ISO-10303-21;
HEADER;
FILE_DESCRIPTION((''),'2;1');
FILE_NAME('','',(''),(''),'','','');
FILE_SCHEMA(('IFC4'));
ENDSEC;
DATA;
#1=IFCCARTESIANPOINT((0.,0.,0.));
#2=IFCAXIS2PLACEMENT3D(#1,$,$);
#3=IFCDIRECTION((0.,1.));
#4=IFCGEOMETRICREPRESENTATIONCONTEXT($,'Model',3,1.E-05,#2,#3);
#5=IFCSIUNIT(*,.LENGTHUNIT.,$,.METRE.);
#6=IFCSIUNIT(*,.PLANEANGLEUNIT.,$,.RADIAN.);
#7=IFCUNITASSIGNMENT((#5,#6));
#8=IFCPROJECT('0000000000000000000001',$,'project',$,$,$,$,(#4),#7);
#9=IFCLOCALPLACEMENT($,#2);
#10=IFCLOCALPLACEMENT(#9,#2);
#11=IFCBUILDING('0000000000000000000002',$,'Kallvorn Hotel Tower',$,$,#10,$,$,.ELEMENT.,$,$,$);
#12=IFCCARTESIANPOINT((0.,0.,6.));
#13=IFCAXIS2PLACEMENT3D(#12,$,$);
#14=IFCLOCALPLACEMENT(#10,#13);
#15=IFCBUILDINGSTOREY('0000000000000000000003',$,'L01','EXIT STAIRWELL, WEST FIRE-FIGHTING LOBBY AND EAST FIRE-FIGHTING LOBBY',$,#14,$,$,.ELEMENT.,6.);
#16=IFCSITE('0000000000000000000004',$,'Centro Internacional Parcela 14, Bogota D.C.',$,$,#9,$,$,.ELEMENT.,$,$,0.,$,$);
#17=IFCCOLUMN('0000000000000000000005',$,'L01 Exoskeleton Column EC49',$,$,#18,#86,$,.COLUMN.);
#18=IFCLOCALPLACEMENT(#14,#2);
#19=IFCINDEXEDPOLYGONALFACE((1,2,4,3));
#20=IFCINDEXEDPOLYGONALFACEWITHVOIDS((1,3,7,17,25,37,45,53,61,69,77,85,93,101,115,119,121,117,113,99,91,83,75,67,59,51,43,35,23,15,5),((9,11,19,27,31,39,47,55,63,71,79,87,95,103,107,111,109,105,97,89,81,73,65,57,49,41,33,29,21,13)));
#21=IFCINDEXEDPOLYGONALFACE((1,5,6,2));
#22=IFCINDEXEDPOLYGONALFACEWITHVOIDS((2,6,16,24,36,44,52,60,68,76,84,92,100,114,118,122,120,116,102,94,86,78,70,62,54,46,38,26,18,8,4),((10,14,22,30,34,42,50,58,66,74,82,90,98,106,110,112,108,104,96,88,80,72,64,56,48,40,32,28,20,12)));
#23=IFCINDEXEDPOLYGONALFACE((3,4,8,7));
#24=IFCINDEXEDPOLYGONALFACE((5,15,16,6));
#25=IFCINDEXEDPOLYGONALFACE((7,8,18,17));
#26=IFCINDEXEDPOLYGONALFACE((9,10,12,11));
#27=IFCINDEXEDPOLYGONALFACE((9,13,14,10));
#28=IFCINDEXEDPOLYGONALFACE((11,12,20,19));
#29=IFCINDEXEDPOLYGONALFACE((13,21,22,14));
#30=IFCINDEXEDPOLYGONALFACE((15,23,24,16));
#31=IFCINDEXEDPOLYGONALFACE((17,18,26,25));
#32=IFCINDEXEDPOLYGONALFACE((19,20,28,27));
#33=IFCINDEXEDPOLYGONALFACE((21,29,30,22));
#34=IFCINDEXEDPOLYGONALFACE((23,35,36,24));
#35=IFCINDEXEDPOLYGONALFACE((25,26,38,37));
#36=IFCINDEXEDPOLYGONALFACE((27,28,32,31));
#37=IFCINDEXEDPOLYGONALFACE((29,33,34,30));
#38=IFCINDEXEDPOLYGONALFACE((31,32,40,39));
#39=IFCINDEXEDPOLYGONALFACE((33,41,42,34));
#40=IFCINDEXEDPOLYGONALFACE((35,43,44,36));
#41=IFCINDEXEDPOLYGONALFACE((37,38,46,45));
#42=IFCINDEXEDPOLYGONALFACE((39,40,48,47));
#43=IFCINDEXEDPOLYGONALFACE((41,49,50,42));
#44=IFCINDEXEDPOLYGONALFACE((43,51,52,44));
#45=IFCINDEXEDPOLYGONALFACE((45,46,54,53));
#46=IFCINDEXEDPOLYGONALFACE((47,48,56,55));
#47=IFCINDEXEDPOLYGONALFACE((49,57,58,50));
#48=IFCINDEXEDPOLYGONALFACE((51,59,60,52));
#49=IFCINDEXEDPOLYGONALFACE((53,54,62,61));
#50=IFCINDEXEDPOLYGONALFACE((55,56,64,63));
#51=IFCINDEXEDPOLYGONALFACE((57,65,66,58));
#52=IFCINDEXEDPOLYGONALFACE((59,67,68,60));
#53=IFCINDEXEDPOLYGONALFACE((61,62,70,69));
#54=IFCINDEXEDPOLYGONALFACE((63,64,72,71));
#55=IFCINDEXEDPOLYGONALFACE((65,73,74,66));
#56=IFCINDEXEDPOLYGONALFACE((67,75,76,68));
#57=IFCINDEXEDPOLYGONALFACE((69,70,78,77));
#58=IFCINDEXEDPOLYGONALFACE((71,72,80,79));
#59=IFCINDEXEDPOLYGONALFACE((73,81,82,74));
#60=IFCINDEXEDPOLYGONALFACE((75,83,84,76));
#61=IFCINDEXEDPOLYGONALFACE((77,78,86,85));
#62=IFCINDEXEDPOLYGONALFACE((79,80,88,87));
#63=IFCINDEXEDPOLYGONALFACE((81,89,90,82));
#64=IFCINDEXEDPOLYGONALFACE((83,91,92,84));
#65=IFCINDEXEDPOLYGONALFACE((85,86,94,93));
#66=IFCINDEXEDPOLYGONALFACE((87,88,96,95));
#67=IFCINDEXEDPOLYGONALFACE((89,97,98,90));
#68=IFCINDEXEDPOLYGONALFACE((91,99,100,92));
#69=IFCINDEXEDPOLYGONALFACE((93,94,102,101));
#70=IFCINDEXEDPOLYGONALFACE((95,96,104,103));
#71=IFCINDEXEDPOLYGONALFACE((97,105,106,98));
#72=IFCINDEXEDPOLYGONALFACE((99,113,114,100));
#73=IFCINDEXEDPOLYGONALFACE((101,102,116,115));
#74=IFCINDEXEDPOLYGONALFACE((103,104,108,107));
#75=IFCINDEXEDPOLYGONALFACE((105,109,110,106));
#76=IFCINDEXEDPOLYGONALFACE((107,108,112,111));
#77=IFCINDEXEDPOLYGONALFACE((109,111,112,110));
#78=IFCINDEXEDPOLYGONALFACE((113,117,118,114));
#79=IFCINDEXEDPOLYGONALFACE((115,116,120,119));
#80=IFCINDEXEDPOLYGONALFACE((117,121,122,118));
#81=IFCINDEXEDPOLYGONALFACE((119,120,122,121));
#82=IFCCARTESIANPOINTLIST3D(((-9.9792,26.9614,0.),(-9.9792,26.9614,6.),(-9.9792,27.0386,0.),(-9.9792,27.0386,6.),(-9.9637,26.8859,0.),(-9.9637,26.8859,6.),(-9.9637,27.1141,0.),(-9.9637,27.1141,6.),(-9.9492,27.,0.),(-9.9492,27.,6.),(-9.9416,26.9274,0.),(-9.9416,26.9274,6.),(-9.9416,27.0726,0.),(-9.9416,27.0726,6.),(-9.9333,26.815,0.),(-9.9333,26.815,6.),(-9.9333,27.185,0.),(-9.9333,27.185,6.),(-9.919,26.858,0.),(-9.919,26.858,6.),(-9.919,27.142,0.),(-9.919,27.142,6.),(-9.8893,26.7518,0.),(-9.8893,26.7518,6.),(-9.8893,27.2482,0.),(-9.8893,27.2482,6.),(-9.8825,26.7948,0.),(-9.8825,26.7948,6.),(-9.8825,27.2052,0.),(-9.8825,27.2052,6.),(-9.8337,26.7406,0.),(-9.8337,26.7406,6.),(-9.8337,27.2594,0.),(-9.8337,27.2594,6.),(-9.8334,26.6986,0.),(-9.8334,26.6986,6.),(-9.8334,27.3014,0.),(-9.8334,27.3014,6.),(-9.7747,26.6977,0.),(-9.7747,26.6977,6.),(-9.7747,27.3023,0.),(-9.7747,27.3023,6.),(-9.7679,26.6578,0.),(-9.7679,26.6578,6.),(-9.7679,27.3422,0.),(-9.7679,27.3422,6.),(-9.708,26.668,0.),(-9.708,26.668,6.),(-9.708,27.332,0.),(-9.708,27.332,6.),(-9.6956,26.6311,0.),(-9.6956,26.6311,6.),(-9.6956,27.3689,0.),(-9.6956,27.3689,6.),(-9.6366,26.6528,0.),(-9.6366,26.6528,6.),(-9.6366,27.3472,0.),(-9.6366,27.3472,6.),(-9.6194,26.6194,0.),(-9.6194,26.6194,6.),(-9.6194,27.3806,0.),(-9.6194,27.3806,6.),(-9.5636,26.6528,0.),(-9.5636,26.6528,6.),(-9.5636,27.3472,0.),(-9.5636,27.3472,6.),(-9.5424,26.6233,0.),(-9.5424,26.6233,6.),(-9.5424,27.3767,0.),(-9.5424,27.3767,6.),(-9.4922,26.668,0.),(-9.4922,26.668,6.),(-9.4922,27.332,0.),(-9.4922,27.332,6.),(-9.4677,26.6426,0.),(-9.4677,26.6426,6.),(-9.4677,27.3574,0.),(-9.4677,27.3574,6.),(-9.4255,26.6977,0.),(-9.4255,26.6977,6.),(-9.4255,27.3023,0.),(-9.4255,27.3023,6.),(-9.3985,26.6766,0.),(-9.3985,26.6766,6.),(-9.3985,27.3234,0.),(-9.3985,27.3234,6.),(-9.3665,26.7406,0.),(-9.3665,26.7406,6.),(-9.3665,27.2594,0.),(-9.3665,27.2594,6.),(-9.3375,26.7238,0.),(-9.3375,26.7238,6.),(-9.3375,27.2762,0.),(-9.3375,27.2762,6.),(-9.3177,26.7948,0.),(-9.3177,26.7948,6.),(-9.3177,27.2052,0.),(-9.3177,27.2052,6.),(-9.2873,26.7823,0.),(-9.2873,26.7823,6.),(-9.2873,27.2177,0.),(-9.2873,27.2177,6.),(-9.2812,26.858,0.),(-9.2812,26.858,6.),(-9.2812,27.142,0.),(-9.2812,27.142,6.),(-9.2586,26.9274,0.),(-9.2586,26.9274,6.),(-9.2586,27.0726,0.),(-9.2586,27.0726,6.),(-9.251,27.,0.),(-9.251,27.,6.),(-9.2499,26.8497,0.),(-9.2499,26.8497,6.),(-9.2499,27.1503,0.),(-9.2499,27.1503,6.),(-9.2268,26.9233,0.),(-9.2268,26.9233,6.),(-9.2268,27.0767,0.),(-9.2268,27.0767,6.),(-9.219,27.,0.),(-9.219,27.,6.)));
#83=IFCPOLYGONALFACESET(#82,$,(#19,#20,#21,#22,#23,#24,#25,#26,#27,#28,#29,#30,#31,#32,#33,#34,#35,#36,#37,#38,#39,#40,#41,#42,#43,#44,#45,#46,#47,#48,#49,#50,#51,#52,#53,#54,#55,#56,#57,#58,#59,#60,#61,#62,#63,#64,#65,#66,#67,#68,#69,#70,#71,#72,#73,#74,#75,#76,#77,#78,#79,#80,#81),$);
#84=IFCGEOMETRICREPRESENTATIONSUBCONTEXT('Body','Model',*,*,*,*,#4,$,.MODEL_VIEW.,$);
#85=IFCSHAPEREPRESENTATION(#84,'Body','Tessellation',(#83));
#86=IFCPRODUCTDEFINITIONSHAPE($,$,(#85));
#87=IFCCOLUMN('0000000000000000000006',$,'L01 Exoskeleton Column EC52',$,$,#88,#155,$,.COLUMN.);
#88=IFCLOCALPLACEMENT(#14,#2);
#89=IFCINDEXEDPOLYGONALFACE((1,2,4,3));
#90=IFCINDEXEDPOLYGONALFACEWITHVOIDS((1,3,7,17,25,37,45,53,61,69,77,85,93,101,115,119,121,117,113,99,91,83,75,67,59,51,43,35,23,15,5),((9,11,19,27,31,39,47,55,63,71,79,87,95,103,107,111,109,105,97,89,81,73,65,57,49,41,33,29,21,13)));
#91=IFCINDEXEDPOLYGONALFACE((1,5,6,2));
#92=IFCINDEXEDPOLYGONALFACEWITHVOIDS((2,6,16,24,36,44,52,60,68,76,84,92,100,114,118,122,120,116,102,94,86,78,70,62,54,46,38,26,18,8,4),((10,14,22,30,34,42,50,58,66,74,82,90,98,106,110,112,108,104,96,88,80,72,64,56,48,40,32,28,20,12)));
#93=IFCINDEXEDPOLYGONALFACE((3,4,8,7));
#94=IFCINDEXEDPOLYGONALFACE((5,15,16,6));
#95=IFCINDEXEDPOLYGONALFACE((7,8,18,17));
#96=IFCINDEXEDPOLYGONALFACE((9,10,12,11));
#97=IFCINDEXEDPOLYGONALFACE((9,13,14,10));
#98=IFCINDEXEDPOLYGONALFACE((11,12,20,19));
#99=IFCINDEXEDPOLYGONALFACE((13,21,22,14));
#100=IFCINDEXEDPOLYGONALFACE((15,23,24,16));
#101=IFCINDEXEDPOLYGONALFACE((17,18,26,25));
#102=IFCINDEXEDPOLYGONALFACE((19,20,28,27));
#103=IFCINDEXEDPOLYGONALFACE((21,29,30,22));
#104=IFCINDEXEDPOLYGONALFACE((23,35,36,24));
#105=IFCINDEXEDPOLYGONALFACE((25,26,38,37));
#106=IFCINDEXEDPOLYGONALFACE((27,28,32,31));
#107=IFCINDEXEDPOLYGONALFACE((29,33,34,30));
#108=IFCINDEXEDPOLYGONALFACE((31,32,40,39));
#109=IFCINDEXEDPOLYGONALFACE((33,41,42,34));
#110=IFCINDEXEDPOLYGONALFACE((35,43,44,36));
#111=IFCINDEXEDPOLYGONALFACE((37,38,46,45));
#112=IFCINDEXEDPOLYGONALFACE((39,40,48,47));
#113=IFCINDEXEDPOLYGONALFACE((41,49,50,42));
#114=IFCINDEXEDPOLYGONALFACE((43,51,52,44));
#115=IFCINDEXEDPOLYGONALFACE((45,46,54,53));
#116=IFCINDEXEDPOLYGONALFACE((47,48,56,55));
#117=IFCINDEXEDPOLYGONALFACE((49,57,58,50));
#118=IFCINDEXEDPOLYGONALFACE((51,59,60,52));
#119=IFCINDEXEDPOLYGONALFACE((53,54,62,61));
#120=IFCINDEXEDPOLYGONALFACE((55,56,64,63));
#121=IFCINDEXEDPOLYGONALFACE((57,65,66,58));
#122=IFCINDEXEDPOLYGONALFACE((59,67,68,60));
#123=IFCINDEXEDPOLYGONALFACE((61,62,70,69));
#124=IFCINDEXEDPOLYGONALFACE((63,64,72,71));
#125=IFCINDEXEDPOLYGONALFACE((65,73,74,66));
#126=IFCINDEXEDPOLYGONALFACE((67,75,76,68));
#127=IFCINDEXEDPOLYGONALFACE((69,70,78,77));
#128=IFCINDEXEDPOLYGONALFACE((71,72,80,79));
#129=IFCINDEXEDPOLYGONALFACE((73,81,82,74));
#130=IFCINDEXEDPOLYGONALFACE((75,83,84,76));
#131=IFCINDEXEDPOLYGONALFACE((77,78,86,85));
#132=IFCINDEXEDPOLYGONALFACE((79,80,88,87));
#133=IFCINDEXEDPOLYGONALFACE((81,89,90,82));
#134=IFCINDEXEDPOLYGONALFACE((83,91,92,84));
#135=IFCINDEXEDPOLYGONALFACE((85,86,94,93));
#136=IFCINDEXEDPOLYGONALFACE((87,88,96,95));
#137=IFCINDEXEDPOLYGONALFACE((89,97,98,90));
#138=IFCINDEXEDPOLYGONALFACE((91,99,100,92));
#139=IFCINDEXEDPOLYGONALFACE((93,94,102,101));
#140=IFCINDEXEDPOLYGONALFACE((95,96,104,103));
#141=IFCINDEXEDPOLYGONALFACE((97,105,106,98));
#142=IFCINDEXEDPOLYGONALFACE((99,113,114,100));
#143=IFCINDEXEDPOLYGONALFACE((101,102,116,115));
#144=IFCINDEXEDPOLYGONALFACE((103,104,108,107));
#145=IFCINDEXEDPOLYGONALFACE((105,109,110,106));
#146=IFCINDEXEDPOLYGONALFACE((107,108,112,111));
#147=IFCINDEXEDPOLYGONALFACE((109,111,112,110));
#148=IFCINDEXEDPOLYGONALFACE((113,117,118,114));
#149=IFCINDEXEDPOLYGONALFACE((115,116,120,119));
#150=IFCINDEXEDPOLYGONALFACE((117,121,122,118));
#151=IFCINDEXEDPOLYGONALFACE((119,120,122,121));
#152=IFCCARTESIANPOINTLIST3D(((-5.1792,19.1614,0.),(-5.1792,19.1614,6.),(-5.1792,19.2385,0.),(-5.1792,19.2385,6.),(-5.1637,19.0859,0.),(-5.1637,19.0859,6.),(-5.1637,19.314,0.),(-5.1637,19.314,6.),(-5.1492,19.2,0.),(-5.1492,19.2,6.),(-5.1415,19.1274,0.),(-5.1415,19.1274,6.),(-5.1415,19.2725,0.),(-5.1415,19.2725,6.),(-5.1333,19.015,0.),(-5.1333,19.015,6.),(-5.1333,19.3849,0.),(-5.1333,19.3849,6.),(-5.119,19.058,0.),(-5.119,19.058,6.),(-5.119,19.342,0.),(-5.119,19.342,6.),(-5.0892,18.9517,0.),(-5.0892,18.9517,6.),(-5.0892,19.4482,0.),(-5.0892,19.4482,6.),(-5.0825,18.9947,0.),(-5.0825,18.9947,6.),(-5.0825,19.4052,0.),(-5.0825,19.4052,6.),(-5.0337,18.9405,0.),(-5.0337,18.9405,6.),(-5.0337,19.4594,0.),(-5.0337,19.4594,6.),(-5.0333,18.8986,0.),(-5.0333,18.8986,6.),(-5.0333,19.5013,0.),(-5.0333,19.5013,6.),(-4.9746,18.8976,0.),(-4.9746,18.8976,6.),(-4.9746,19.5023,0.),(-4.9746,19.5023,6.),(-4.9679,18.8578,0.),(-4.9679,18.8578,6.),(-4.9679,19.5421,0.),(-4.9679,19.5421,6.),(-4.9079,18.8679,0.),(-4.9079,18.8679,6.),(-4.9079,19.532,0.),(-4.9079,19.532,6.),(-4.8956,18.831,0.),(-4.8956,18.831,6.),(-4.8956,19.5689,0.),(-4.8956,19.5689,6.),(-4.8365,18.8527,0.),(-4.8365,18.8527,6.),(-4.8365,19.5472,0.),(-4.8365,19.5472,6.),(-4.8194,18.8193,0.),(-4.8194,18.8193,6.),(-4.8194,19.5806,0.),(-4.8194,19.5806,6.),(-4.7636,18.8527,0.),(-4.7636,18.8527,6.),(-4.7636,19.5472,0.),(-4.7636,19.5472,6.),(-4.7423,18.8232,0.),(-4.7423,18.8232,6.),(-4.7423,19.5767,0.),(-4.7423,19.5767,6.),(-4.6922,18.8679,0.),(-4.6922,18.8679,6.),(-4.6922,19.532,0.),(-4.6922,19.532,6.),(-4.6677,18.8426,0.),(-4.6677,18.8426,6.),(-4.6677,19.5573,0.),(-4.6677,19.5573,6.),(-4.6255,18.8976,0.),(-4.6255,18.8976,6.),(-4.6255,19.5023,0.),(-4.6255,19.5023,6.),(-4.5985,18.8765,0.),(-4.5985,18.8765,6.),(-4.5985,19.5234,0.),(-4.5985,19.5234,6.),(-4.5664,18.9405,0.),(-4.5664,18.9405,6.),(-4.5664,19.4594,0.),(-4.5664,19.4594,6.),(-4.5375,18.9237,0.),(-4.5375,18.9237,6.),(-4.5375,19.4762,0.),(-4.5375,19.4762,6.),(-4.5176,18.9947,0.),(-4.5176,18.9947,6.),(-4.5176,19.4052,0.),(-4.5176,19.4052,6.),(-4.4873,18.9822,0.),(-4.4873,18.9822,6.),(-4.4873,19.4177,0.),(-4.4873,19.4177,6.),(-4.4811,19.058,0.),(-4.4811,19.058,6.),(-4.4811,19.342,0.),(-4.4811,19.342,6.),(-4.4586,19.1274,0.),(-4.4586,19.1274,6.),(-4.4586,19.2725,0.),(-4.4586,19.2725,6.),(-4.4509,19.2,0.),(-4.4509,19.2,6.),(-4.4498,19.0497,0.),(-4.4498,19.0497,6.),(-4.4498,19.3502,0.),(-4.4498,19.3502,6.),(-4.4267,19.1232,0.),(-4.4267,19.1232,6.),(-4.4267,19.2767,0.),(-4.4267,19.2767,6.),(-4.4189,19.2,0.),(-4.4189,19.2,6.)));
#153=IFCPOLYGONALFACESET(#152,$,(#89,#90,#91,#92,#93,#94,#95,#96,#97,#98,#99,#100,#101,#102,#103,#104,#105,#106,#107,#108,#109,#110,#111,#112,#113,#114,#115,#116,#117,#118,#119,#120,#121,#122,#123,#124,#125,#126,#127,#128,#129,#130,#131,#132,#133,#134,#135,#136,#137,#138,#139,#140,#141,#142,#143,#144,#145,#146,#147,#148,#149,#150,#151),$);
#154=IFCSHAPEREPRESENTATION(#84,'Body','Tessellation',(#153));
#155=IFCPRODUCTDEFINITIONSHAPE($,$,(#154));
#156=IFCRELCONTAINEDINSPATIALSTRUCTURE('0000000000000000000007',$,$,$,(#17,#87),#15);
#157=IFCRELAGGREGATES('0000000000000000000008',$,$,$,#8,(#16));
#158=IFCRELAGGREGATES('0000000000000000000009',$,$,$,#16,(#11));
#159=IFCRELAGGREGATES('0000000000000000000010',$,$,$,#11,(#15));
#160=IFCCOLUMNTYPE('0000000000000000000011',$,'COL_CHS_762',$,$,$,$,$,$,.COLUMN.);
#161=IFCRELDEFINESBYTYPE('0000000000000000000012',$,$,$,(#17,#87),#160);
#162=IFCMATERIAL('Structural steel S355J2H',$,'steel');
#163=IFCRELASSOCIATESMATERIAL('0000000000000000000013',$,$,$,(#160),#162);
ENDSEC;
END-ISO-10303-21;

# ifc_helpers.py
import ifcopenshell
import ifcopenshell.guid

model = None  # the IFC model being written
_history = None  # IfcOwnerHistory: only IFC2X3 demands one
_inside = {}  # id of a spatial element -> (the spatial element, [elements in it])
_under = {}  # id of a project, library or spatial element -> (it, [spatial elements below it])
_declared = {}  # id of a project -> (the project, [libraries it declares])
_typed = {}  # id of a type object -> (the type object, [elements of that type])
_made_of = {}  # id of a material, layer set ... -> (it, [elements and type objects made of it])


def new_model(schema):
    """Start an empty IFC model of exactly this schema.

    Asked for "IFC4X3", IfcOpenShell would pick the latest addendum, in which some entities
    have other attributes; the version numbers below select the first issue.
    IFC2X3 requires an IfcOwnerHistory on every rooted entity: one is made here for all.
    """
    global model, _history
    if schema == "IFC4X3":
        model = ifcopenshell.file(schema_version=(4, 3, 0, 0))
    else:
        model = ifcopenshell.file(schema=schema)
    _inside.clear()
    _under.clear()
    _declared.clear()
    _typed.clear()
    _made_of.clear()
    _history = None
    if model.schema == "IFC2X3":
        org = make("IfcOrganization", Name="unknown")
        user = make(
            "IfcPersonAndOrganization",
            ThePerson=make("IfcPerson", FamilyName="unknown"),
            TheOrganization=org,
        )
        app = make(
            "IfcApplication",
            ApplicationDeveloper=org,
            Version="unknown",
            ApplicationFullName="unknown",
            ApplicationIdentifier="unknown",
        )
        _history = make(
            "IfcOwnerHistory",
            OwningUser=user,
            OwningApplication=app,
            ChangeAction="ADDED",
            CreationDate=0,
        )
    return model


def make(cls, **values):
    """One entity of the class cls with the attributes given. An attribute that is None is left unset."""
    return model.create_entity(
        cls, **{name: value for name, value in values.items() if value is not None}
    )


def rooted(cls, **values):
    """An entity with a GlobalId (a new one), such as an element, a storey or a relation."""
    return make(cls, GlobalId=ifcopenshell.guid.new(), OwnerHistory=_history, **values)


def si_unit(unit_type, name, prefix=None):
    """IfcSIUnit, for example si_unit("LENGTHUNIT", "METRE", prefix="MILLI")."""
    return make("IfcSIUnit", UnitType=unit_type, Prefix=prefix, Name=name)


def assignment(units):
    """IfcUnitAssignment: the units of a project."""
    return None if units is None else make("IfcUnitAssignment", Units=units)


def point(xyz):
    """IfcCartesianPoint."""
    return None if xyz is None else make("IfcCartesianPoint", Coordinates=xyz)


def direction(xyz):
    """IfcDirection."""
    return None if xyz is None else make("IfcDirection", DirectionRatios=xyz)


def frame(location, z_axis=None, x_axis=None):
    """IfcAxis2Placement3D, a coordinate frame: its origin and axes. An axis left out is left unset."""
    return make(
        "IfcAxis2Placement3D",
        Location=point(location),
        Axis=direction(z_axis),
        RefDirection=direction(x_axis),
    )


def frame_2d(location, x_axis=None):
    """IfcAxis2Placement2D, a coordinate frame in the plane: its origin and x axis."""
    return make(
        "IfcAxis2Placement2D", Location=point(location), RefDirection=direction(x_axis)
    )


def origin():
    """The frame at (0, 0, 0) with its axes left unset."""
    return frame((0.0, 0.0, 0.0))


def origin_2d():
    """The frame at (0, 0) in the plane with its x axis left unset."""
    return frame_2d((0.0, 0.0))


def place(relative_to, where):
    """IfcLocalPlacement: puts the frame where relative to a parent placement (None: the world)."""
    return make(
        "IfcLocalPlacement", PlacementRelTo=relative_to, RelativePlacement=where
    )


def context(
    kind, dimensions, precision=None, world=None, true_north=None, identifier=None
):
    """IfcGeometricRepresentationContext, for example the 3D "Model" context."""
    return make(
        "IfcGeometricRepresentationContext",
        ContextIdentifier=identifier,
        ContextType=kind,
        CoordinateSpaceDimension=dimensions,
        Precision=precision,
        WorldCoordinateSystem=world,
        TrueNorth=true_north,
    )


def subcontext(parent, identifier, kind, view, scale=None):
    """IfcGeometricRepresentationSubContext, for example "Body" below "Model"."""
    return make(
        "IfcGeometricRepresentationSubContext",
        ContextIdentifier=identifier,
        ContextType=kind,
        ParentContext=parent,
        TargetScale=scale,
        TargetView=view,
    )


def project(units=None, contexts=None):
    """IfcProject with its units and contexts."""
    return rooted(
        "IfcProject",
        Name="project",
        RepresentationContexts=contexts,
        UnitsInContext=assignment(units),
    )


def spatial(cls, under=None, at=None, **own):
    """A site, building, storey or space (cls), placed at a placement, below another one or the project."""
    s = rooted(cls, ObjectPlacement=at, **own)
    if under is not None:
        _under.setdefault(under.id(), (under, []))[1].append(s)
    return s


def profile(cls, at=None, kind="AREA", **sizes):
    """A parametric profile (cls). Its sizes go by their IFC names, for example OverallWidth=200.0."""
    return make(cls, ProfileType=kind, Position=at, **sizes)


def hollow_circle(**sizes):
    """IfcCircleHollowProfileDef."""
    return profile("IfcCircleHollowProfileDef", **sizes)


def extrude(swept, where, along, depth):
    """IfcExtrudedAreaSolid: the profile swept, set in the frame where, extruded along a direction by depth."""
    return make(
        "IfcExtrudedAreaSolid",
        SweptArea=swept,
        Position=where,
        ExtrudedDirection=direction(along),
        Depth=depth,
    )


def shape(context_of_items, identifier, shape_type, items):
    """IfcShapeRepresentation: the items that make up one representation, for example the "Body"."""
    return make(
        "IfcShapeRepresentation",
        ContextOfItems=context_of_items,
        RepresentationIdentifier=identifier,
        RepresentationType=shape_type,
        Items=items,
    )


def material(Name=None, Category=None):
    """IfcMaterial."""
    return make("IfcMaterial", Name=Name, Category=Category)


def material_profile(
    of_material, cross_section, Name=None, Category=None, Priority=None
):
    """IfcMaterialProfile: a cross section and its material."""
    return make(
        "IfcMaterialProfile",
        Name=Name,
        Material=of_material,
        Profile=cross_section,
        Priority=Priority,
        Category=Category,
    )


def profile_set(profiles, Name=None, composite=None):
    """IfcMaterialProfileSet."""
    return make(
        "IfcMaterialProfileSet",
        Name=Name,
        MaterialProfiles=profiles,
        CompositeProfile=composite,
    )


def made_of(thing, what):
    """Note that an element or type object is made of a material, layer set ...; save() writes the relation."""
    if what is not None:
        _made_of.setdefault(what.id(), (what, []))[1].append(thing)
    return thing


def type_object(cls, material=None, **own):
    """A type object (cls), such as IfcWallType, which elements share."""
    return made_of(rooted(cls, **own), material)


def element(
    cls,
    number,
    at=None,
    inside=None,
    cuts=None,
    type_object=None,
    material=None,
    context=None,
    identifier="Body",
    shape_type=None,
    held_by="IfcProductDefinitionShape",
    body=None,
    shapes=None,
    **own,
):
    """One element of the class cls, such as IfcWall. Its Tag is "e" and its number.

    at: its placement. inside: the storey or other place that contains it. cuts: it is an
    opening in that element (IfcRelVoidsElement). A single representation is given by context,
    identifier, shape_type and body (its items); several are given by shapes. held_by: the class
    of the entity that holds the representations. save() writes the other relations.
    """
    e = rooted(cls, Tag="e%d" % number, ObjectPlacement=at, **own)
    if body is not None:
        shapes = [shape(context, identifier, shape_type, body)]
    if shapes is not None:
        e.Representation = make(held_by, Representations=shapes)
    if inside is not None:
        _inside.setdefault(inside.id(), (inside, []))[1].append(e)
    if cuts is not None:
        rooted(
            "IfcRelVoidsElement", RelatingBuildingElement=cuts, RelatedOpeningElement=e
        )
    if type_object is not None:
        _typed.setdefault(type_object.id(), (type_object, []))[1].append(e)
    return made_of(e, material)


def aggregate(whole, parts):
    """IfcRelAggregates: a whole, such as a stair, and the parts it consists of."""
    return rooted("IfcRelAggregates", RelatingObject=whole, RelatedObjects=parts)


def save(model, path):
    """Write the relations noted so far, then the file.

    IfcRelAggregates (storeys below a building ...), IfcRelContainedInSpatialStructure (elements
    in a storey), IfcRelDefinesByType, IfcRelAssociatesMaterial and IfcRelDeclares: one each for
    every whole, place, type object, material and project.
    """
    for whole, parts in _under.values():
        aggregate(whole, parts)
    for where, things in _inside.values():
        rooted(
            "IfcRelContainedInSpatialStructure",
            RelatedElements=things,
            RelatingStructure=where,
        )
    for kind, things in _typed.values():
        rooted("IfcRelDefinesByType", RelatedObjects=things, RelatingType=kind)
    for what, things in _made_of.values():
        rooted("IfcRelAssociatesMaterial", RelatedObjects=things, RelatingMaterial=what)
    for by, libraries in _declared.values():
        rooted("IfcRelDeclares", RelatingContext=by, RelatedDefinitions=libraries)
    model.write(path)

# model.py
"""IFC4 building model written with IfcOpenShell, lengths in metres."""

from ifc_helpers import new_model, si_unit, direction, frame, origin, origin_2d, place, context, subcontext, project, spatial, hollow_circle, extrude, material, material_profile, profile_set, type_object, element, save


model = new_model("IFC4")

# Units and contexts
model_context = context("Model", 3, precision=1e-05, world=origin(), true_north=direction((0.0, 1.0)))
body_context = subcontext(model_context, "Body", "Model", "MODEL_VIEW")
ifc_project = project(units=[si_unit("LENGTHUNIT", "METRE"), si_unit("PLANEANGLEUNIT", "RADIAN")], contexts=[model_context])

# Site, building, storey
site_placement = place(None, origin())
site = spatial("IfcSite", under=ifc_project, at=site_placement, Name="Centro Internacional Parcela 14, Bogota D.C.", CompositionType="ELEMENT", RefElevation=0.0)
building_placement = place(site_placement, origin())
building = spatial("IfcBuilding", under=site, at=building_placement, Name="Kallvorn Hotel Tower", CompositionType="ELEMENT")
storey_placement = place(building_placement, frame((0.0, 0.0, 6.0)))
storey = spatial("IfcBuildingStorey", under=building, at=storey_placement, Name="L01", Description="EXIT STAIRWELL, WEST FIRE-FIGHTING LOBBY AND EAST FIRE-FIGHTING LOBBY", CompositionType="ELEMENT", Elevation=6.0)

# Columns
ifc_material_1 = material(Name="Structural steel S355J2H", Category="steel")
ifc_material_profile_1 = material_profile(ifc_material_1, hollow_circle(Radius=0.3811, WallThickness=0.032, at=origin_2d()), Name="CHS 762x32")
ifc_profile_set_1 = profile_set([ifc_material_profile_1], Name="Structural steel S355J2H")
column_type_1 = type_object("IfcColumnType", Name="COL_CHS_762", PredefinedType="COLUMN", material=ifc_profile_set_1)
for number, where, z_axis, x_axis, name in (
    (1, (-9.6001, 27.0, 0.0), (0.0, 0.0, 1.0), (1.0, 0.0, 0.0), "L01 Exoskeleton Column EC49"),
    (2, (-4.8, 19.2, 0.0), (0.0, 0.0, 1.0), (1.0, 0.0, 0.0), "L01 Exoskeleton Column EC52"),
):
    element("IfcColumn", number, at=place(storey_placement, frame(where, z_axis=z_axis, x_axis=x_axis)), inside=storey, type_object=column_type_1, Name=name, PredefinedType="COLUMN", context=body_context, shape_type="SweptSolid", body=[
        extrude(hollow_circle(Radius=0.3811, WallThickness=0.032, at=origin_2d()), origin(), (0.0, 0.0, 1.0), 6.0),
    ])

save(model, "model.ifc")
